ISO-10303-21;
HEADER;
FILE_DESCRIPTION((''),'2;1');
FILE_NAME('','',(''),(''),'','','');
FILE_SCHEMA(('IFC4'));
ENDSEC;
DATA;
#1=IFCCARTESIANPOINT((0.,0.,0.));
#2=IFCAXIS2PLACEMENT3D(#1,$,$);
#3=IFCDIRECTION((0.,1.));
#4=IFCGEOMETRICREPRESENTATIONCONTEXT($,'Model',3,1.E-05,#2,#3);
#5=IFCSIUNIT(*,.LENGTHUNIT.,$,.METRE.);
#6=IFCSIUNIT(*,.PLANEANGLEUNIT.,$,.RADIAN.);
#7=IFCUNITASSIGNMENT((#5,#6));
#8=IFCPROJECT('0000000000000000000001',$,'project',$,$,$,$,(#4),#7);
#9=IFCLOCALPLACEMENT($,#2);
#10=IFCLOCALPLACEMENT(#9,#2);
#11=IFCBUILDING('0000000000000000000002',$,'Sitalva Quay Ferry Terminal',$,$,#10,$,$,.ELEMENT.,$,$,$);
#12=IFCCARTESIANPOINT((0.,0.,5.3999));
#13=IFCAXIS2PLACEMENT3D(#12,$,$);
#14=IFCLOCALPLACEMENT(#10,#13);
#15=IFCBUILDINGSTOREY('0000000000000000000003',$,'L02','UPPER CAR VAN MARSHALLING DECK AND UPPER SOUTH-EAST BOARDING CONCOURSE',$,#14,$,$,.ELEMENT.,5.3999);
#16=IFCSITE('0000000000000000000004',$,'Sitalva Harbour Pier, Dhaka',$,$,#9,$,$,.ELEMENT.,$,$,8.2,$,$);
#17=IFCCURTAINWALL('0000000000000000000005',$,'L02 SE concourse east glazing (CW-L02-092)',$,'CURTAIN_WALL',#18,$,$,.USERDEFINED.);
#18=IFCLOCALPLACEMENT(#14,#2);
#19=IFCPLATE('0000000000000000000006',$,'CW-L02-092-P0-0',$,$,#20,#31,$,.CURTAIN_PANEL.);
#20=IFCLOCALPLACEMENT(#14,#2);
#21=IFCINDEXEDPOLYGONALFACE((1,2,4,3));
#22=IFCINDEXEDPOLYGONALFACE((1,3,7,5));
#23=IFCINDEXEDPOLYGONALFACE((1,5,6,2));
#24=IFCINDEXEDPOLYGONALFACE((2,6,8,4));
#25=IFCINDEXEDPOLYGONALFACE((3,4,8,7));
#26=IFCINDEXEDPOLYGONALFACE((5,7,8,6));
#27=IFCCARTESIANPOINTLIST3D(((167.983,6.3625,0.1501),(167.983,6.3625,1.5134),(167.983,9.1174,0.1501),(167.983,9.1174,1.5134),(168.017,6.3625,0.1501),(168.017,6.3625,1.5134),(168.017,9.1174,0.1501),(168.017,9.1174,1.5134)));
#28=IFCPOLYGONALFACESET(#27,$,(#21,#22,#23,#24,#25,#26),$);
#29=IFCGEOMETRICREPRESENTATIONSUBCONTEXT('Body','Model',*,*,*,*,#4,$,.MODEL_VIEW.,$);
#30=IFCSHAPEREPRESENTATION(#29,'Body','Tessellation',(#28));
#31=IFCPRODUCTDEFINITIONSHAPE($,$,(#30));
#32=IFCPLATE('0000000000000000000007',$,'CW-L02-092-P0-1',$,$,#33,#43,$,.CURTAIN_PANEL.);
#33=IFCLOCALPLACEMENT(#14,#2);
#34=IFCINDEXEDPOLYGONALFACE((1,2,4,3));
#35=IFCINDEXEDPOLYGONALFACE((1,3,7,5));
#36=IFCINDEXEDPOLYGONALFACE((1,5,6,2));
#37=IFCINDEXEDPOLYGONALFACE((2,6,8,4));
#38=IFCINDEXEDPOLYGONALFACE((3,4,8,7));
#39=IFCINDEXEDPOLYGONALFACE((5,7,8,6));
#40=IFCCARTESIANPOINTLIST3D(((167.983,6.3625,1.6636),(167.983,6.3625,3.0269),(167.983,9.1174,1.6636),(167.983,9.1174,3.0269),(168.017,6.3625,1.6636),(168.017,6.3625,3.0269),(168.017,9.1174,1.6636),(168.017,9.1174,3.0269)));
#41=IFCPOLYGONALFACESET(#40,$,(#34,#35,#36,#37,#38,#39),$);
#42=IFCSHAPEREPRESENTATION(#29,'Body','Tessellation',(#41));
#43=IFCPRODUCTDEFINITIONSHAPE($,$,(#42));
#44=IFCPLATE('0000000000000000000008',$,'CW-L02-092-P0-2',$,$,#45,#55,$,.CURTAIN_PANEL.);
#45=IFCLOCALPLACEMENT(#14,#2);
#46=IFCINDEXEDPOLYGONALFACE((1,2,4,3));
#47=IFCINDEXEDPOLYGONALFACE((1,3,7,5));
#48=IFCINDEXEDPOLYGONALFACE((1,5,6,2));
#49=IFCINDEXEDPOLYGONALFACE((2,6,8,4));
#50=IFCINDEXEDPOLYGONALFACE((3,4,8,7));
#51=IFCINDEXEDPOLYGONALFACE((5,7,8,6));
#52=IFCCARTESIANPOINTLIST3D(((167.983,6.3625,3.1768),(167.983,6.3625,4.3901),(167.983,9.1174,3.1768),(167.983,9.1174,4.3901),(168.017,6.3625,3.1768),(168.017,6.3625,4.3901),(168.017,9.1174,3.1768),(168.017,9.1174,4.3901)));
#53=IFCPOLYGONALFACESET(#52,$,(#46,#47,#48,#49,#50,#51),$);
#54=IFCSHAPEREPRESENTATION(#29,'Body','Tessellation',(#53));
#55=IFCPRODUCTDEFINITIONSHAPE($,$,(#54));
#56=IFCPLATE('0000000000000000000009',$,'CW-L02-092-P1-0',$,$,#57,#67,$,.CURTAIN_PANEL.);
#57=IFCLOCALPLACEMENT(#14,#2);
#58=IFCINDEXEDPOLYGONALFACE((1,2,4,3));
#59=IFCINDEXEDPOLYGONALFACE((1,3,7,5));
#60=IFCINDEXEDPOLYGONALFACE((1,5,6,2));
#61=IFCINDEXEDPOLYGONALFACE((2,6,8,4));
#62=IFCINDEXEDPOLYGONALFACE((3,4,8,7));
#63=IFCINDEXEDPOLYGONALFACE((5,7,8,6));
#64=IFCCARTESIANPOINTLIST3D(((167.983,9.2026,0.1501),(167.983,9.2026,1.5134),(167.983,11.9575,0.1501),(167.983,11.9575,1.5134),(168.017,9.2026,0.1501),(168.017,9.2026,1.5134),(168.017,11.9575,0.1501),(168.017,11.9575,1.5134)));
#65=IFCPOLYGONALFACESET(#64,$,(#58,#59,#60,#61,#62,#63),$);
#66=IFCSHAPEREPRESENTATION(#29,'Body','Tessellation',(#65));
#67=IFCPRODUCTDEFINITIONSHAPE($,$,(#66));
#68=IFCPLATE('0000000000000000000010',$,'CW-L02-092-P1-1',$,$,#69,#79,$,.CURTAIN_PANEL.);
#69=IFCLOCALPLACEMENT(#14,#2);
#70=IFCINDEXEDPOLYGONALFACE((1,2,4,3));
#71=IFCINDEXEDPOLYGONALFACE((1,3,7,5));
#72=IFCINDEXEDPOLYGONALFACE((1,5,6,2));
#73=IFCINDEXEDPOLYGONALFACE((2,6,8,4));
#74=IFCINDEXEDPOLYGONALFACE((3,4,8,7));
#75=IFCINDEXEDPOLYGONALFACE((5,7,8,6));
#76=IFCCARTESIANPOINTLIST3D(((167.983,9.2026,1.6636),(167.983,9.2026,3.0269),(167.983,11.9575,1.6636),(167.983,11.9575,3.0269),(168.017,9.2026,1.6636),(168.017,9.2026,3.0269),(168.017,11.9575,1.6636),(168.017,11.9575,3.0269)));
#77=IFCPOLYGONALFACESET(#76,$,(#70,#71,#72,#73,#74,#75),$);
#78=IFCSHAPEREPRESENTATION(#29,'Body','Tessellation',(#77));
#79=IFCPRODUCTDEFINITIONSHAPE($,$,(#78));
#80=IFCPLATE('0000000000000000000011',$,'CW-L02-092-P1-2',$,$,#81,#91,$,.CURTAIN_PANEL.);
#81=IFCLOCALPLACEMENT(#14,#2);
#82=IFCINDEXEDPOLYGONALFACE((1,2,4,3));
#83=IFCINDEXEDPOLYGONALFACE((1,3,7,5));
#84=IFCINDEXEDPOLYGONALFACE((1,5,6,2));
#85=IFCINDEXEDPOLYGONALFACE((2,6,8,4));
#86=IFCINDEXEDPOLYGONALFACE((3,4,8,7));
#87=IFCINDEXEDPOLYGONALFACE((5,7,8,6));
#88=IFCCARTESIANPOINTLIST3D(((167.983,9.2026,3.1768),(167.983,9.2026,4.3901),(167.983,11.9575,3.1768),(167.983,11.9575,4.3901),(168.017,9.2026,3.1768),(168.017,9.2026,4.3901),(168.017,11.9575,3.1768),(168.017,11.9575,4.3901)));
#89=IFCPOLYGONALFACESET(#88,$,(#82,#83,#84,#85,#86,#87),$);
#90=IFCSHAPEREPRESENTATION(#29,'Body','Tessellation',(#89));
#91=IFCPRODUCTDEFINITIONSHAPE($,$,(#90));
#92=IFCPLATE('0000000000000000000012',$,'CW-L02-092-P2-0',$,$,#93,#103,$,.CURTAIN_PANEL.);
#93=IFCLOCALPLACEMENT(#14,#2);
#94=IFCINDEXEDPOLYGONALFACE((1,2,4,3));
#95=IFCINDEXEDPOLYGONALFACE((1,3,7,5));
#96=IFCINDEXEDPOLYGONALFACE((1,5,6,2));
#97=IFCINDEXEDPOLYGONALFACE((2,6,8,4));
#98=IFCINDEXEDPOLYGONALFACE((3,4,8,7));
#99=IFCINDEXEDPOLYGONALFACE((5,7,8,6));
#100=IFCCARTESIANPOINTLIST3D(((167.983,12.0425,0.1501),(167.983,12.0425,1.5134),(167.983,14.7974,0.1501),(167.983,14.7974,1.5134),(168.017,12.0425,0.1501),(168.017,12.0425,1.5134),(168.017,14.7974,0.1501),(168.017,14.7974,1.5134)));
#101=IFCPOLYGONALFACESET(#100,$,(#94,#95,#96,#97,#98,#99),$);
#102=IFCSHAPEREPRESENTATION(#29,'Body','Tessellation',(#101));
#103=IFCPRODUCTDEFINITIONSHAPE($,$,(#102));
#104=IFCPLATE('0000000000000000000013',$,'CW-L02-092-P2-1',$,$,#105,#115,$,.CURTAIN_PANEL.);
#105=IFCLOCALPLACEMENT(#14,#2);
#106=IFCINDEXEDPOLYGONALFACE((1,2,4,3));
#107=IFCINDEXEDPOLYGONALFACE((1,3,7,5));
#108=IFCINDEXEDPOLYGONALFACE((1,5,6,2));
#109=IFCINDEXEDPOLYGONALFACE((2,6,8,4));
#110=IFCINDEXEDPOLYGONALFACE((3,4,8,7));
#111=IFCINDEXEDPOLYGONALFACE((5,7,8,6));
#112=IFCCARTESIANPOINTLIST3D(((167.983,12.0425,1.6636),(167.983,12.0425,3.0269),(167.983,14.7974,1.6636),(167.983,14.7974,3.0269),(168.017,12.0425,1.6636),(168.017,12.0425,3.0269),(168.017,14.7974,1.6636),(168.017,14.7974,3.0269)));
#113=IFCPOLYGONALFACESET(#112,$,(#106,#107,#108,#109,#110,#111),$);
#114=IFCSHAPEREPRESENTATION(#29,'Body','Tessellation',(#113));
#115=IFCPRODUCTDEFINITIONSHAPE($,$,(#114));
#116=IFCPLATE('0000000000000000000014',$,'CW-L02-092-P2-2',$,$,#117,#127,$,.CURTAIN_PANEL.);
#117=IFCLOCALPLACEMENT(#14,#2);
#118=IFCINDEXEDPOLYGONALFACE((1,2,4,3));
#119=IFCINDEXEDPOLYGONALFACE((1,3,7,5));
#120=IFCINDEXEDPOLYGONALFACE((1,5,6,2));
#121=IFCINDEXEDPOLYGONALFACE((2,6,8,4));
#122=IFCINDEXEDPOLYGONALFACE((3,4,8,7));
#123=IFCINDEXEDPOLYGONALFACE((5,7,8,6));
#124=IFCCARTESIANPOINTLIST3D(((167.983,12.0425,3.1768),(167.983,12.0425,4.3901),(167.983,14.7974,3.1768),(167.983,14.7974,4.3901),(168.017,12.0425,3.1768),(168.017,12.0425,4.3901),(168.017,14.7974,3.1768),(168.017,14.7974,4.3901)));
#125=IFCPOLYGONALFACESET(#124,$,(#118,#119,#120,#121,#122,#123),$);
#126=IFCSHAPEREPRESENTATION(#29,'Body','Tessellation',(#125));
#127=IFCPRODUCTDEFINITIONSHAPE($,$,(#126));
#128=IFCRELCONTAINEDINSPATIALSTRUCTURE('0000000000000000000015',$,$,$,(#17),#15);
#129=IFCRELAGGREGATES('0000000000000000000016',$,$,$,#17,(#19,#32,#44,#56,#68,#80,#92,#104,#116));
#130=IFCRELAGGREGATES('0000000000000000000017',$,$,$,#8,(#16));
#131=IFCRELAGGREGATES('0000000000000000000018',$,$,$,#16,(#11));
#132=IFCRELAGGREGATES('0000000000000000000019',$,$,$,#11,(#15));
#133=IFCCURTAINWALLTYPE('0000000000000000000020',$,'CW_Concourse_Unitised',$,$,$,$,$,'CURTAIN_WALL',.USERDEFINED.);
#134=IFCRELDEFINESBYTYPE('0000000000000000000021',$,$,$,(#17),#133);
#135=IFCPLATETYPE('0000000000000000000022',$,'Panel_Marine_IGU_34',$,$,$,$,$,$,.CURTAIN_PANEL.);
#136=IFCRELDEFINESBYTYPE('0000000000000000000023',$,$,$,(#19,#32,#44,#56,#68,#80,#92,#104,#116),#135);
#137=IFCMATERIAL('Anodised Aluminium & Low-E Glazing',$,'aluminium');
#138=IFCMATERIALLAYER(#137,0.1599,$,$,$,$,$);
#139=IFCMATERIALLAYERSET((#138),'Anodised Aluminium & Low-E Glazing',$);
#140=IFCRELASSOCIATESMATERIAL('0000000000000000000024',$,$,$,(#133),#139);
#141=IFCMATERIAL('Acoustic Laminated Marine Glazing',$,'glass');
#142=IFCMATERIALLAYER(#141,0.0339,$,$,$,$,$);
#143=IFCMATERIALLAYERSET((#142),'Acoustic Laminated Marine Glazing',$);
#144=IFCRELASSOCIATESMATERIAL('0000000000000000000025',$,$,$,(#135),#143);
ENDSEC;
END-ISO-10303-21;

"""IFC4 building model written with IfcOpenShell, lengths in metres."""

from ifc_helpers import new_model, si_unit, direction, frame, origin, origin_2d, place, context, subcontext, project, spatial, rectangle, extrude, material, layer, layer_set, type_object, element, aggregate, save


model = new_model("IFC4")

# Units and contexts
model_context = context("Model", 3, precision=1e-05, world=origin(), true_north=direction((0.0, 1.0)))
body_context = subcontext(model_context, "Body", "Model", "MODEL_VIEW")
ifc_project = project(units=[si_unit("LENGTHUNIT", "METRE"), si_unit("PLANEANGLEUNIT", "RADIAN")], contexts=[model_context])

# Site, building, storey
site_placement = place(None, origin())
site = spatial("IfcSite", under=ifc_project, at=site_placement, Name="Sitalva Harbour Pier, Dhaka", CompositionType="ELEMENT", RefElevation=8.2)
building_placement = place(site_placement, origin())
building = spatial("IfcBuilding", under=site, at=building_placement, Name="Sitalva Quay Ferry Terminal", CompositionType="ELEMENT")
storey_placement = place(building_placement, frame((0.0, 0.0, 5.3999)))
storey = spatial("IfcBuildingStorey", under=building, at=storey_placement, Name="L02", Description="UPPER CAR VAN MARSHALLING DECK AND UPPER SOUTH-EAST BOARDING CONCOURSE", CompositionType="ELEMENT", Elevation=5.3999)

# Curtain wall, plates
ifc_material_1 = material(Name="Anodised Aluminium & Low-E Glazing", Category="aluminium")
ifc_layer_1 = layer(ifc_material_1, 0.1599)
ifc_layer_set_1 = layer_set([ifc_layer_1], Name="Anodised Aluminium & Low-E Glazing")
curtain_wall_type = type_object("IfcCurtainWallType", Name="CW_Concourse_Unitised", ElementType="CURTAIN_WALL", PredefinedType="USERDEFINED", material=ifc_layer_set_1)
curtain_wall_placement = place(storey_placement, origin())
curtain_wall = element("IfcCurtainWall", 1, at=curtain_wall_placement, inside=storey, type_object=curtain_wall_type, Name="L02 SE concourse east glazing (CW-L02-092)", ObjectType="CURTAIN_WALL", PredefinedType="USERDEFINED")
ifc_material_2 = material(Name="Acoustic Laminated Marine Glazing", Category="glass")
ifc_layer_2 = layer(ifc_material_2, 0.0339)
ifc_layer_set_2 = layer_set([ifc_layer_2], Name="Acoustic Laminated Marine Glazing")
plate_type = type_object("IfcPlateType", Name="Panel_Marine_IGU_34", PredefinedType="CURTAIN_PANEL", material=ifc_layer_set_2)
plate_1_placement = place(storey_placement, frame((168.0, 7.74, 0.1501), z_axis=(0.0, 0.0, 1.0), x_axis=(0.0, 1.0, 0.0)))
plate_1 = element("IfcPlate", 2, at=plate_1_placement, type_object=plate_type, Name="CW-L02-092-P0-0", PredefinedType="CURTAIN_PANEL", context=body_context, shape_type="SweptSolid", body=[
    extrude(rectangle(XDim=2.7549, YDim=0.0339, at=origin_2d()), origin(), (0.0, 0.0, 1.0), 1.3633),
])
plate_2_placement = place(storey_placement, frame((168.0, 7.74, 1.6636), z_axis=(0.0, 0.0, 1.0), x_axis=(0.0, 1.0, 0.0)))
plate_2 = element("IfcPlate", 3, at=plate_2_placement, type_object=plate_type, Name="CW-L02-092-P0-1", PredefinedType="CURTAIN_PANEL", context=body_context, shape_type="SweptSolid", body=[
    extrude(rectangle(XDim=2.7549, YDim=0.0339, at=origin_2d()), origin(), (0.0, 0.0, 1.0), 1.3633),
])
plate_3_placement = place(storey_placement, frame((168.0, 7.74, 3.1768), z_axis=(0.0, 0.0, 1.0), x_axis=(0.0, 1.0, 0.0)))
plate_3 = element("IfcPlate", 4, at=plate_3_placement, type_object=plate_type, Name="CW-L02-092-P0-2", PredefinedType="CURTAIN_PANEL", context=body_context, shape_type="SweptSolid", body=[
    extrude(rectangle(XDim=2.7549, YDim=0.0339, at=origin_2d()), origin(), (0.0, 0.0, 1.0), 1.2134),
])
plate_4_placement = place(storey_placement, frame((168.0, 10.5801, 0.1501), z_axis=(0.0, 0.0, 1.0), x_axis=(0.0, 1.0, 0.0)))
plate_4 = element("IfcPlate", 5, at=plate_4_placement, type_object=plate_type, Name="CW-L02-092-P1-0", PredefinedType="CURTAIN_PANEL", context=body_context, shape_type="SweptSolid", body=[
    extrude(rectangle(XDim=2.7549, YDim=0.0339, at=origin_2d()), origin(), (0.0, 0.0, 1.0), 1.3633),
])
plate_5_placement = place(storey_placement, frame((168.0, 10.5801, 1.6636), z_axis=(0.0, 0.0, 1.0), x_axis=(0.0, 1.0, 0.0)))
plate_5 = element("IfcPlate", 6, at=plate_5_placement, type_object=plate_type, Name="CW-L02-092-P1-1", PredefinedType="CURTAIN_PANEL", context=body_context, shape_type="SweptSolid", body=[
    extrude(rectangle(XDim=2.7549, YDim=0.0339, at=origin_2d()), origin(), (0.0, 0.0, 1.0), 1.3633),
])
plate_6_placement = place(storey_placement, frame((168.0, 10.5801, 3.1768), z_axis=(0.0, 0.0, 1.0), x_axis=(0.0, 1.0, 0.0)))
plate_6 = element("IfcPlate", 7, at=plate_6_placement, type_object=plate_type, Name="CW-L02-092-P1-2", PredefinedType="CURTAIN_PANEL", context=body_context, shape_type="SweptSolid", body=[
    extrude(rectangle(XDim=2.7549, YDim=0.0339, at=origin_2d()), origin(), (0.0, 0.0, 1.0), 1.2134),
])
plate_7_placement = place(storey_placement, frame((168.0, 13.4199, 0.1501), z_axis=(0.0, 0.0, 1.0), x_axis=(0.0, 1.0, 0.0)))
plate_7 = element("IfcPlate", 8, at=plate_7_placement, type_object=plate_type, Name="CW-L02-092-P2-0", PredefinedType="CURTAIN_PANEL", context=body_context, shape_type="SweptSolid", body=[
    extrude(rectangle(XDim=2.7549, YDim=0.0339, at=origin_2d()), origin(), (0.0, 0.0, 1.0), 1.3633),
])
plate_8_placement = place(storey_placement, frame((168.0, 13.4199, 1.6636), z_axis=(0.0, 0.0, 1.0), x_axis=(0.0, 1.0, 0.0)))
plate_8 = element("IfcPlate", 9, at=plate_8_placement, type_object=plate_type, Name="CW-L02-092-P2-1", PredefinedType="CURTAIN_PANEL", context=body_context, shape_type="SweptSolid", body=[
    extrude(rectangle(XDim=2.7549, YDim=0.0339, at=origin_2d()), origin(), (0.0, 0.0, 1.0), 1.3633),
])
plate_9_placement = place(storey_placement, frame((168.0, 13.4199, 3.1768), z_axis=(0.0, 0.0, 1.0), x_axis=(0.0, 1.0, 0.0)))
plate_9 = element("IfcPlate", 10, at=plate_9_placement, type_object=plate_type, Name="CW-L02-092-P2-2", PredefinedType="CURTAIN_PANEL", context=body_context, shape_type="SweptSolid", body=[
    extrude(rectangle(XDim=2.7549, YDim=0.0339, at=origin_2d()), origin(), (0.0, 0.0, 1.0), 1.2134),
])
aggregate(curtain_wall, [plate_1, plate_2, plate_3, plate_4, plate_5, plate_6, plate_7, plate_8, plate_9])

save(model, "model.ifc")
